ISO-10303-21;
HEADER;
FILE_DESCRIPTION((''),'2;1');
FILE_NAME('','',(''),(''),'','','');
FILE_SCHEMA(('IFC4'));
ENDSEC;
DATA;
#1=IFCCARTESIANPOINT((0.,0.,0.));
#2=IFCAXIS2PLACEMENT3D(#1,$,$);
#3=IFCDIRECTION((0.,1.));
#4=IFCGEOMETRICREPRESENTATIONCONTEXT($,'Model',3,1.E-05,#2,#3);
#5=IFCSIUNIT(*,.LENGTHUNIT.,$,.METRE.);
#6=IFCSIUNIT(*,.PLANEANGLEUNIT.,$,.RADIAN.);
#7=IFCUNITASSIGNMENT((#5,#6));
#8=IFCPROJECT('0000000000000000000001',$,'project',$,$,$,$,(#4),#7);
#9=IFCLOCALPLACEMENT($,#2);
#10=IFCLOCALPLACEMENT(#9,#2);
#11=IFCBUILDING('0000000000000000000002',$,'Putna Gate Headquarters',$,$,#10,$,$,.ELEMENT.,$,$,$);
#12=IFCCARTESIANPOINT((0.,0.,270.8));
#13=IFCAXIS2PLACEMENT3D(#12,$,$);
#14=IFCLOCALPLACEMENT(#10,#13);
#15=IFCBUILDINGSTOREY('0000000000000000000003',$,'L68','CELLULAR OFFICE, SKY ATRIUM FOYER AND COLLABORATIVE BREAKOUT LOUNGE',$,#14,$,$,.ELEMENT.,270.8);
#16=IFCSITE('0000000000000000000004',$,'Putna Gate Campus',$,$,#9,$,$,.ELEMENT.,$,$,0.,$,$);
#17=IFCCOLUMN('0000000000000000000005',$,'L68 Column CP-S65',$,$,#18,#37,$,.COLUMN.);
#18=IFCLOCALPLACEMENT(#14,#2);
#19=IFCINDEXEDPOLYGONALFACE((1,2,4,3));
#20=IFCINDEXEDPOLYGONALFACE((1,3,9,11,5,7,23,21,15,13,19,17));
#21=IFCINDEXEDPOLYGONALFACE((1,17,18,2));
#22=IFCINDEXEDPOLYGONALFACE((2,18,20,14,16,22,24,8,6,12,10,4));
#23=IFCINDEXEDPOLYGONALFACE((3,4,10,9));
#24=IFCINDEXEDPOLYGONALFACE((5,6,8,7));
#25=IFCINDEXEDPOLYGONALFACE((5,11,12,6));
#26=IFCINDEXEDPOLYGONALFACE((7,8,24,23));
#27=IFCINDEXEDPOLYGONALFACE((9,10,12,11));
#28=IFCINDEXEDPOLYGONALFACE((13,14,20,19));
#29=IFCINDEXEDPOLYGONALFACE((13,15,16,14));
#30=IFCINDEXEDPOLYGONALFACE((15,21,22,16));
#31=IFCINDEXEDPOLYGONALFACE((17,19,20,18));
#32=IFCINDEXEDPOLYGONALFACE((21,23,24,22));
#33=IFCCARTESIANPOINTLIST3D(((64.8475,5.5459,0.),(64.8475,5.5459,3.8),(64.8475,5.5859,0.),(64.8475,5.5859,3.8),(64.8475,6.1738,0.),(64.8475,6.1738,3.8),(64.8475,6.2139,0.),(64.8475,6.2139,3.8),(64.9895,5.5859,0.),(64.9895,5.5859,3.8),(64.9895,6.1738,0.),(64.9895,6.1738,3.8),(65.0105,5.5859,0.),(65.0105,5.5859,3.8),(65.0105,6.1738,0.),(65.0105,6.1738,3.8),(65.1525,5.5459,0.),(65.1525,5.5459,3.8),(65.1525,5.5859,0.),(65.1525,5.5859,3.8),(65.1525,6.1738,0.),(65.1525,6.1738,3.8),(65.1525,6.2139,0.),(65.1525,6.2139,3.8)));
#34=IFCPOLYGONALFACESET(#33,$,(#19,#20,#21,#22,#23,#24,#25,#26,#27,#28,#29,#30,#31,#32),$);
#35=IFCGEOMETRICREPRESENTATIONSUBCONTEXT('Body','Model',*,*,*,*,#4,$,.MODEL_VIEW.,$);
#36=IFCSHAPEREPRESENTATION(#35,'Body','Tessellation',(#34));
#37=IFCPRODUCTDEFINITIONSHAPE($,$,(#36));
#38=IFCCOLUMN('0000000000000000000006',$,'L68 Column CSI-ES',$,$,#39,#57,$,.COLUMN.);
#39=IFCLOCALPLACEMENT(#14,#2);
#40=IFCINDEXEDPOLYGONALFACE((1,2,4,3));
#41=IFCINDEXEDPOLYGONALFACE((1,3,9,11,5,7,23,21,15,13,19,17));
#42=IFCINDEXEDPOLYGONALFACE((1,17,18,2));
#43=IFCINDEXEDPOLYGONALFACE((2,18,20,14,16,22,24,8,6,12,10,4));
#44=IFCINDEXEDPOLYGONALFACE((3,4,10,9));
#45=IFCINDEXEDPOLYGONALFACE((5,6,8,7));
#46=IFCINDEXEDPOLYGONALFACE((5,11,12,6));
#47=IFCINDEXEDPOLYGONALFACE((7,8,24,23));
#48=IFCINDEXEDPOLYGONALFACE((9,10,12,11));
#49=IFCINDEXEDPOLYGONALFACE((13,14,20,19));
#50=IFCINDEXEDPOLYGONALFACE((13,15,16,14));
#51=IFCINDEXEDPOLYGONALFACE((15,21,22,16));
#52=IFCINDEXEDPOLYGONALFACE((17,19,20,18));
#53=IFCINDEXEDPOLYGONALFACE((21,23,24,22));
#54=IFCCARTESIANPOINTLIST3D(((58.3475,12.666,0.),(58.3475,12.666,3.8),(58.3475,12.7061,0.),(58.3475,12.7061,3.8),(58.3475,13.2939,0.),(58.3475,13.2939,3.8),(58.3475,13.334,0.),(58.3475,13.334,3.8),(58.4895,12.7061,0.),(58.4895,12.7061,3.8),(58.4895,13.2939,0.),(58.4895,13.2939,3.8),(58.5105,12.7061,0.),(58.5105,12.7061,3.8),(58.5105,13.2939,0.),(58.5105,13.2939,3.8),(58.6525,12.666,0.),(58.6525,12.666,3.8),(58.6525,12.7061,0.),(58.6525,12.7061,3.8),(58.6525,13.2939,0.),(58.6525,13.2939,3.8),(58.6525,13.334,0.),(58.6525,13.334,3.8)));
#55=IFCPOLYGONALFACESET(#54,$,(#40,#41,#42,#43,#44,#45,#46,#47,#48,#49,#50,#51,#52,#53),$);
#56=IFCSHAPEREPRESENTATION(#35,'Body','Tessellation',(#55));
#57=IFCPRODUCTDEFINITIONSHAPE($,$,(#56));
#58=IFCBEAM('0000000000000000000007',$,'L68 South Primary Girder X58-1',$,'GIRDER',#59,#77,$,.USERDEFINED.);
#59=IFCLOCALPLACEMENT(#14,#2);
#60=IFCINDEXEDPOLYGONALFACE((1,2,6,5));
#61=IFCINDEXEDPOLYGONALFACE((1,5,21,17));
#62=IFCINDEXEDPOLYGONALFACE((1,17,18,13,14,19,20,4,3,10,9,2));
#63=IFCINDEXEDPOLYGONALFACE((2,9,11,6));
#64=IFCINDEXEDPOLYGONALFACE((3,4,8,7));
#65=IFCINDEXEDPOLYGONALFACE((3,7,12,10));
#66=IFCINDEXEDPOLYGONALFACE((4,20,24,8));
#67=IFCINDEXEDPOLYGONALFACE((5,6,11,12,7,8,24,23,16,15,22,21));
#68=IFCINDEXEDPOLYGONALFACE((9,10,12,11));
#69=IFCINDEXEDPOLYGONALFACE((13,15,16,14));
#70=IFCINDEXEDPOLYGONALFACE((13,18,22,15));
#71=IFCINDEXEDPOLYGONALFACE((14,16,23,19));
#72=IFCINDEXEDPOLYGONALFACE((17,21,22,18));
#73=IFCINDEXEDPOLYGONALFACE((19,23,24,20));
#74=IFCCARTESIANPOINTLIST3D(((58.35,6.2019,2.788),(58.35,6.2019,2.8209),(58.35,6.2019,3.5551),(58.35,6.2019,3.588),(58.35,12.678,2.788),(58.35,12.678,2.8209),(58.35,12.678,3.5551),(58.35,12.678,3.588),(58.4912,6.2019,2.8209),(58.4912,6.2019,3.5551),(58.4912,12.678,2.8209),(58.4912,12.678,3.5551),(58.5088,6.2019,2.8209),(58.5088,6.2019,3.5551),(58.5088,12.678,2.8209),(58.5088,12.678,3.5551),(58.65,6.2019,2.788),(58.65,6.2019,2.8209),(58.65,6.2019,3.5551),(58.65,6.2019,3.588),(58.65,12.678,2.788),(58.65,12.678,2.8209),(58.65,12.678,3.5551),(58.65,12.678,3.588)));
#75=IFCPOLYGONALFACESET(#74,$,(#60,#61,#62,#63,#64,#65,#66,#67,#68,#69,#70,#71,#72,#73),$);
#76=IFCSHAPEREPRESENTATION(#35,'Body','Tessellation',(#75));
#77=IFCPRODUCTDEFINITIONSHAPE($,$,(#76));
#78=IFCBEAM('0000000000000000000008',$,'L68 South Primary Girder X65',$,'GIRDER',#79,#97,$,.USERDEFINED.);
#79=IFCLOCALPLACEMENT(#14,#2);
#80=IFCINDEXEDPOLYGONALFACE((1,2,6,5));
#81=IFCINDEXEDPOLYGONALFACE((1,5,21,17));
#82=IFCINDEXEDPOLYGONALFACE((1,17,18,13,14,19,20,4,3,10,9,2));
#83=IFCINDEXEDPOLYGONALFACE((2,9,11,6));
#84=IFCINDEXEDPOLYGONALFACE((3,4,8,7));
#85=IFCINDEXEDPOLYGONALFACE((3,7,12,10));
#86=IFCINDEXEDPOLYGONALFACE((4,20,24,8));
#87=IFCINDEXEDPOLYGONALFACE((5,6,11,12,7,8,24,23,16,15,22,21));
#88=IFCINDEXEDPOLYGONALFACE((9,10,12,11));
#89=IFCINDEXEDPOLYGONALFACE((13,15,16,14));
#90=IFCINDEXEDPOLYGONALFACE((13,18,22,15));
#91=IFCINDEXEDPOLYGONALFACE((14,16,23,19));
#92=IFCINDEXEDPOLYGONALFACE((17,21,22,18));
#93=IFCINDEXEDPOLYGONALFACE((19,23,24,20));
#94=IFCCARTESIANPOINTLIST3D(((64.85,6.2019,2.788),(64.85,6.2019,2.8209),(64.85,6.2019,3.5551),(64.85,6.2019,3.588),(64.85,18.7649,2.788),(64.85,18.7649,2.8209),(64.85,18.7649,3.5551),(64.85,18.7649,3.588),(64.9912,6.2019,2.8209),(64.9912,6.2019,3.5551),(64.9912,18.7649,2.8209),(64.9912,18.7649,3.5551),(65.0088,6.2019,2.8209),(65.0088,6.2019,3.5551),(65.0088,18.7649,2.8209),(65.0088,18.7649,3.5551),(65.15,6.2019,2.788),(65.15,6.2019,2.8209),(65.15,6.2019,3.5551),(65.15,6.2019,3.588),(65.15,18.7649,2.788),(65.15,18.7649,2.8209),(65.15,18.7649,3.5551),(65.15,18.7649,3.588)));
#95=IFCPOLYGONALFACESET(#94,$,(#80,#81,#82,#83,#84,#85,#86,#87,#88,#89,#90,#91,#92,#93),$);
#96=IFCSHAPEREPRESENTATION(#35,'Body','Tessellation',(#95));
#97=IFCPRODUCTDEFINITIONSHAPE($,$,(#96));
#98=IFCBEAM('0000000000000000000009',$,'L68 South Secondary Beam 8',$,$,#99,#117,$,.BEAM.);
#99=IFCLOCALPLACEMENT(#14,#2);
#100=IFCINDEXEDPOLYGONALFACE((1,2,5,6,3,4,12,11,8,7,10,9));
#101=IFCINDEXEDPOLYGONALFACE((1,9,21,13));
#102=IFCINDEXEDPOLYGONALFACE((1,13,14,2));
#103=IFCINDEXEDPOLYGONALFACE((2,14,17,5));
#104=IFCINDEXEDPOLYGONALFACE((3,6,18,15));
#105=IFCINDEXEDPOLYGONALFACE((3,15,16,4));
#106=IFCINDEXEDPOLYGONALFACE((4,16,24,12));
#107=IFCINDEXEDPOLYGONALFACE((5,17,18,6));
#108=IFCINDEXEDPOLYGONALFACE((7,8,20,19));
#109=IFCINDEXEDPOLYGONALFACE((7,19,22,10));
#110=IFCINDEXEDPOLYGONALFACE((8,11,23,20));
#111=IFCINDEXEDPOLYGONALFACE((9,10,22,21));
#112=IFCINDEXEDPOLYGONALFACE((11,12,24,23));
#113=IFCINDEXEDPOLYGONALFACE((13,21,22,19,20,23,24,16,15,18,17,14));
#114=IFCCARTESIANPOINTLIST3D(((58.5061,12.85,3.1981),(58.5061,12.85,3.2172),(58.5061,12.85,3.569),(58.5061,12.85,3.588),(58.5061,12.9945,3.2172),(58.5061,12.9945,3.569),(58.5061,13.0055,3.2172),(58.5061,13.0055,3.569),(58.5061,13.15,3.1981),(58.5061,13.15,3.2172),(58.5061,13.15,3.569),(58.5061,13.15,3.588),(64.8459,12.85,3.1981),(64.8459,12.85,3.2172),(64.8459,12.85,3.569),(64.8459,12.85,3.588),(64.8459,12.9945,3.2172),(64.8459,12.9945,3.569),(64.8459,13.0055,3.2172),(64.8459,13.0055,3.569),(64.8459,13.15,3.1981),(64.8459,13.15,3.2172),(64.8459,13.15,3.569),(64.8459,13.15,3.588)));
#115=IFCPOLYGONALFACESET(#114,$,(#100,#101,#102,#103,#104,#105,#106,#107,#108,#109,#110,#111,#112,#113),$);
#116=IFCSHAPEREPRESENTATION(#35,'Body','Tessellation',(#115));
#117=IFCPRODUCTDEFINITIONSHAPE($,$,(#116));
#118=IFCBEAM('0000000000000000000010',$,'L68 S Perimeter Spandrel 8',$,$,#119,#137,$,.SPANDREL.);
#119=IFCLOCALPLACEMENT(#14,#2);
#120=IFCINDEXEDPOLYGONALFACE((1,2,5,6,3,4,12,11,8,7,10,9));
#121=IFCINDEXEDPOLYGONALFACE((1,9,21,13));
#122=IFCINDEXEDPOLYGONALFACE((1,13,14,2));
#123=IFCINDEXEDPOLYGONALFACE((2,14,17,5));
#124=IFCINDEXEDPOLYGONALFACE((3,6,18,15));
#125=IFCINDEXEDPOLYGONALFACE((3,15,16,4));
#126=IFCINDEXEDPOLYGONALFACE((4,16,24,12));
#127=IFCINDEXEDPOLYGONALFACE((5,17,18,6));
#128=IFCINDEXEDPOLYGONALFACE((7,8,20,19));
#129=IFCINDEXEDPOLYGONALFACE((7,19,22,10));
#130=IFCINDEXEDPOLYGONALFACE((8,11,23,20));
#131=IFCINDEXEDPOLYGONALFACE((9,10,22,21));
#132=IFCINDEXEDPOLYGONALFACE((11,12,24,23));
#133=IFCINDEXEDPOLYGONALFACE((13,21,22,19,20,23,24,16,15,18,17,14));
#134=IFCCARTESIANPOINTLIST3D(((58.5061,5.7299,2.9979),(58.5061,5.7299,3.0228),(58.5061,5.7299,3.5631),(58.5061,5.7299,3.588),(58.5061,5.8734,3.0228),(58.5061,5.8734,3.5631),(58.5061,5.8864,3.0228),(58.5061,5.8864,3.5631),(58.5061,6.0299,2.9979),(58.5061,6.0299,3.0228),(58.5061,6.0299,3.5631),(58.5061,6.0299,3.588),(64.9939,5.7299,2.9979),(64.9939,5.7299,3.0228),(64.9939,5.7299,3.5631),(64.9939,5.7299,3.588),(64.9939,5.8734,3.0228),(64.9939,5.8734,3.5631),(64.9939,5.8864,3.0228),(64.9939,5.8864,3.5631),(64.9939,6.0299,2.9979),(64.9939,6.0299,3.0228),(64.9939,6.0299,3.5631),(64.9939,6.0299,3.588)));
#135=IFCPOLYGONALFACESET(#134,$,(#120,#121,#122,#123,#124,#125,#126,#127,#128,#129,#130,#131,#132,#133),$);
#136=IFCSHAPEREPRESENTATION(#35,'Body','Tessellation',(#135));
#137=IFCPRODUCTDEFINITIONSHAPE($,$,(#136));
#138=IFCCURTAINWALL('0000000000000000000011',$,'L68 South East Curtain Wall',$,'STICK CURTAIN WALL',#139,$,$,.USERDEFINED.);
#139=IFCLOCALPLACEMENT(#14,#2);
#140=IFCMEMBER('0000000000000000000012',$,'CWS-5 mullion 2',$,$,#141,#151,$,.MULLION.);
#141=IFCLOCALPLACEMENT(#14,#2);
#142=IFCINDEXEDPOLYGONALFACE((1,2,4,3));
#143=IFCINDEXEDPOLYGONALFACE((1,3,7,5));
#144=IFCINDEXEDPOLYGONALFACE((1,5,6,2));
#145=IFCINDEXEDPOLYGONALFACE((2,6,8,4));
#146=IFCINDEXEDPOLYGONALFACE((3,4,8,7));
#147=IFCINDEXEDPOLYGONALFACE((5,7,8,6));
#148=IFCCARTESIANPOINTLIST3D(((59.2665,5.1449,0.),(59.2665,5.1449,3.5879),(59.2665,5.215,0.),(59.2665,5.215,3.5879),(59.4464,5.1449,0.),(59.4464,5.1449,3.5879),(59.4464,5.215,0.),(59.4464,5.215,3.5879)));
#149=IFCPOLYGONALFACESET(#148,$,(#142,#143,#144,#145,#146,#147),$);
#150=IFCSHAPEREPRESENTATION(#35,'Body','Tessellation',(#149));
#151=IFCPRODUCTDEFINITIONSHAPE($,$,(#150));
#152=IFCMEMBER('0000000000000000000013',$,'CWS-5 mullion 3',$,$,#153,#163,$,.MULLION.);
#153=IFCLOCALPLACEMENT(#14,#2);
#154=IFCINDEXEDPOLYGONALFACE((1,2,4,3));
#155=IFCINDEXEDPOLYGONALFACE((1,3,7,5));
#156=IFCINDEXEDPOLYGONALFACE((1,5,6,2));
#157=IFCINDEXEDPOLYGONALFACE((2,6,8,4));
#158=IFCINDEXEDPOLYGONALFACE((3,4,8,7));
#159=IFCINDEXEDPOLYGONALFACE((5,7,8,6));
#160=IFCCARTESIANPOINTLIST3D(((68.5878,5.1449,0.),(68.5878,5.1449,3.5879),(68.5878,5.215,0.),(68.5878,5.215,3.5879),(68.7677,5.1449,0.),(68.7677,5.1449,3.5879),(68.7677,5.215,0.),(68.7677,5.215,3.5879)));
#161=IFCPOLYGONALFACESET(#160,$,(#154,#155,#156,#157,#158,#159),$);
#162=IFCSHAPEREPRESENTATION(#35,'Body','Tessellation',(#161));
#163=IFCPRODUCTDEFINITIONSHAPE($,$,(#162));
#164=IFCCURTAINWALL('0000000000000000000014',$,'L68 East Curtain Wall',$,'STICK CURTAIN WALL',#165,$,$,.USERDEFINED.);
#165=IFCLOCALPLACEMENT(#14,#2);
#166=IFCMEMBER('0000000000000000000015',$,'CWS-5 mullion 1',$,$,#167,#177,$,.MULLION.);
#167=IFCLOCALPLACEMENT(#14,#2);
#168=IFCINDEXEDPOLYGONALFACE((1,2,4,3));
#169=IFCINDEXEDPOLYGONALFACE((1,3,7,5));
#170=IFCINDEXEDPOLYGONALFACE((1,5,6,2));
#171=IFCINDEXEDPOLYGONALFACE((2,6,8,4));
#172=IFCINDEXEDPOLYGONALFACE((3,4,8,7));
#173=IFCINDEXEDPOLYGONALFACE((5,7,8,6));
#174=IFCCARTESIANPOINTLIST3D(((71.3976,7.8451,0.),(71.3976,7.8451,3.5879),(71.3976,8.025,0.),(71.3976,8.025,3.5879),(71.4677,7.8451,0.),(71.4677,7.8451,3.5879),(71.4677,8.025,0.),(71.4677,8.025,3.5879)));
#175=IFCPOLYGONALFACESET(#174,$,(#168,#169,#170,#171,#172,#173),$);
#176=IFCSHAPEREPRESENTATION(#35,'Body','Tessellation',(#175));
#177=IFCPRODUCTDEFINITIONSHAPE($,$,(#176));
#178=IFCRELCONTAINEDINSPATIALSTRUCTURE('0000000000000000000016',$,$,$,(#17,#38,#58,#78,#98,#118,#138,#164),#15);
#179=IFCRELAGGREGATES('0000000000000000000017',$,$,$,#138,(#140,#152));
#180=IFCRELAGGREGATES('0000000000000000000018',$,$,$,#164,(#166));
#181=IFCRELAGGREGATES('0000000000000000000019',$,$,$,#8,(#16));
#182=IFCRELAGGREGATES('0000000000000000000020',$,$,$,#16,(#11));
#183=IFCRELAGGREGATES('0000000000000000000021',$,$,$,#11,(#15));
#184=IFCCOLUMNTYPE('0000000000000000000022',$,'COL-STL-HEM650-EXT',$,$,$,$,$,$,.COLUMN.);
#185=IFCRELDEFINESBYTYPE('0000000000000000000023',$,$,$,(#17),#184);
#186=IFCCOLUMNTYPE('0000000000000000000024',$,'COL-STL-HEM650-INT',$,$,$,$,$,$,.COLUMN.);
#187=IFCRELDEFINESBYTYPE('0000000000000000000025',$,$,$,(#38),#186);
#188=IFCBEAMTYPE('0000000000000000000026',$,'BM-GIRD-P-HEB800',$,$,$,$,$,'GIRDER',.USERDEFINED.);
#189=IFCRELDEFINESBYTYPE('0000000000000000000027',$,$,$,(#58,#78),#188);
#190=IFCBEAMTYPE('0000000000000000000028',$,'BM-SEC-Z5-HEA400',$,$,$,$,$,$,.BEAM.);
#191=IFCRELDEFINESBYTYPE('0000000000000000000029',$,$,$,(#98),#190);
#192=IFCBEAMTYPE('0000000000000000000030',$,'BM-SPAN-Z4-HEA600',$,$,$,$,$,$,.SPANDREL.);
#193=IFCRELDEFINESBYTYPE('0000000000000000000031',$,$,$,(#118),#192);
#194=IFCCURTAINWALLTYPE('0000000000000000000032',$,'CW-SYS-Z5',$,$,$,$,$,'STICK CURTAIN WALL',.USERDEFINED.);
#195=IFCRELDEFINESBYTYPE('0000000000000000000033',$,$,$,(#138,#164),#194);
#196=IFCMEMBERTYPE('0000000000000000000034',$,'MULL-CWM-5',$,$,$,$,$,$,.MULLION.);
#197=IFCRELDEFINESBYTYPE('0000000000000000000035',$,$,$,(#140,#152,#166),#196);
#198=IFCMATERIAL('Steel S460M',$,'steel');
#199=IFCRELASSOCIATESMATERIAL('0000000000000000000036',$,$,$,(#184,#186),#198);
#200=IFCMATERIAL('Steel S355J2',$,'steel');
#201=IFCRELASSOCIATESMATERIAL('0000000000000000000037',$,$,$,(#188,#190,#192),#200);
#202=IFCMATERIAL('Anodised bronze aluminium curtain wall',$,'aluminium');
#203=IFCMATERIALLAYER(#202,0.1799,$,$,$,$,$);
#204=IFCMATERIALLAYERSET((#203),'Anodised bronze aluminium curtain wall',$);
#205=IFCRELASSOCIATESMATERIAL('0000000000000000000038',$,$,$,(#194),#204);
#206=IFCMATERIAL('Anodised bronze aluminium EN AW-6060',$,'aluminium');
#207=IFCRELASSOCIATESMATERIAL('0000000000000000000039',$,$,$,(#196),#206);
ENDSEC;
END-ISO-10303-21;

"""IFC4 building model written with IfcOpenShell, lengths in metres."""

from ifc_helpers import new_model, si_unit, direction, frame, origin, origin_2d, place, context, subcontext, project, spatial, rectangle, i_section, extrude, material, layer, layer_set, material_profile, profile_set, type_object, element, aggregate, save


model = new_model("IFC4")

# Units and contexts
model_context = context("Model", 3, precision=1e-05, world=origin(), true_north=direction((0.0, 1.0)))
body_context = subcontext(model_context, "Body", "Model", "MODEL_VIEW")
ifc_project = project(units=[si_unit("LENGTHUNIT", "METRE"), si_unit("PLANEANGLEUNIT", "RADIAN")], contexts=[model_context])

# Site, building, storey
site_placement = place(None, origin())
site = spatial("IfcSite", under=ifc_project, at=site_placement, Name="Putna Gate Campus", CompositionType="ELEMENT", RefElevation=0.0)
building_placement = place(site_placement, origin())
building = spatial("IfcBuilding", under=site, at=building_placement, Name="Putna Gate Headquarters", CompositionType="ELEMENT")
storey_placement = place(building_placement, frame((0.0, 0.0, 270.8)))
storey = spatial("IfcBuildingStorey", under=building, at=storey_placement, Name="L68", Description="CELLULAR OFFICE, SKY ATRIUM FOYER AND COLLABORATIVE BREAKOUT LOUNGE", CompositionType="ELEMENT", Elevation=270.8)

# Columns
ifc_material_1 = material(Name="Steel S460M", Category="steel")
ifc_material_profile_1 = material_profile(ifc_material_1, i_section(OverallWidth=0.3049, OverallDepth=0.668, WebThickness=0.021, FlangeThickness=0.04, at=origin_2d()), Name="Steel S460M")
ifc_profile_set_1 = profile_set([ifc_material_profile_1], Name="Steel S460M")
column_type_1 = type_object("IfcColumnType", Name="COL-STL-HEM650-EXT", PredefinedType="COLUMN", material=ifc_profile_set_1)
column_1_placement = place(storey_placement, frame((65.0, 5.8799, 0.0), z_axis=(0.0, 0.0, 1.0), x_axis=(1.0, 0.0, 0.0)))
element("IfcColumn", 1, at=column_1_placement, inside=storey, type_object=column_type_1, Name="L68 Column CP-S65", PredefinedType="COLUMN", context=body_context, shape_type="SweptSolid", body=[
    extrude(i_section(OverallWidth=0.3049, OverallDepth=0.668, WebThickness=0.021, FlangeThickness=0.04, at=origin_2d()), origin(), (0.0, 0.0, 1.0), 3.8),
])
ifc_material_profile_2 = material_profile(ifc_material_1, i_section(OverallWidth=0.3049, OverallDepth=0.668, WebThickness=0.021, FlangeThickness=0.04, at=origin_2d()), Name="Steel S460M")
ifc_profile_set_2 = profile_set([ifc_material_profile_2], Name="Steel S460M")
column_type_2 = type_object("IfcColumnType", Name="COL-STL-HEM650-INT", PredefinedType="COLUMN", material=ifc_profile_set_2)
column_2_placement = place(storey_placement, frame((58.5, 13.0, 0.0), z_axis=(0.0, 0.0, 1.0), x_axis=(1.0, 0.0, 0.0)))
element("IfcColumn", 2, at=column_2_placement, inside=storey, type_object=column_type_2, Name="L68 Column CSI-ES", PredefinedType="COLUMN", context=body_context, shape_type="SweptSolid", body=[
    extrude(i_section(OverallWidth=0.3049, OverallDepth=0.668, WebThickness=0.021, FlangeThickness=0.04, at=origin_2d()), origin(), (0.0, 0.0, 1.0), 3.8),
])

# Beams
ifc_material_2 = material(Name="Steel S355J2", Category="steel")
ifc_material_profile_3 = material_profile(ifc_material_2, i_section(OverallWidth=0.3, OverallDepth=0.8, WebThickness=0.0176, FlangeThickness=0.033, at=origin_2d()), Name="Steel S355J2")
ifc_profile_set_3 = profile_set([ifc_material_profile_3], Name="Steel S355J2")
beam_type_1 = type_object("IfcBeamType", Name="BM-GIRD-P-HEB800", ElementType="GIRDER", PredefinedType="USERDEFINED", material=ifc_profile_set_3)
beam_1_placement = place(storey_placement, frame((58.5, 6.2019, 3.188), z_axis=(0.0, 1.0, 0.0), x_axis=(-1.0, 0.0, 0.0)))
element("IfcBeam", 3, at=beam_1_placement, inside=storey, type_object=beam_type_1, Name="L68 South Primary Girder X58-1", ObjectType="GIRDER", PredefinedType="USERDEFINED", context=body_context, shape_type="SweptSolid", body=[
    extrude(i_section(OverallWidth=0.3, OverallDepth=0.8, WebThickness=0.0176, FlangeThickness=0.033, at=origin_2d()), origin(), (0.0, 0.0, 1.0), 6.4761),
])
beam_2_placement = place(storey_placement, frame((65.0, 6.2019, 3.188), z_axis=(0.0, 1.0, 0.0), x_axis=(-1.0, 0.0, 0.0)))
element("IfcBeam", 4, at=beam_2_placement, inside=storey, type_object=beam_type_1, Name="L68 South Primary Girder X65", ObjectType="GIRDER", PredefinedType="USERDEFINED", context=body_context, shape_type="SweptSolid", body=[
    extrude(i_section(OverallWidth=0.3, OverallDepth=0.8, WebThickness=0.0176, FlangeThickness=0.033, at=origin_2d()), origin(), (0.0, 0.0, 1.0), 12.563),
])
ifc_material_profile_4 = material_profile(ifc_material_2, i_section(OverallWidth=0.3, OverallDepth=0.3899, WebThickness=0.011, FlangeThickness=0.019, at=origin_2d()), Name="Steel S355J2")
ifc_profile_set_4 = profile_set([ifc_material_profile_4], Name="Steel S355J2")
beam_type_2 = type_object("IfcBeamType", Name="BM-SEC-Z5-HEA400", PredefinedType="BEAM", material=ifc_profile_set_4)
beam_3_placement = place(storey_placement, frame((58.5061, 13.0, 3.3931), z_axis=(1.0, 0.0, 0.0), x_axis=(0.0, 1.0, 0.0)))
element("IfcBeam", 5, at=beam_3_placement, inside=storey, type_object=beam_type_2, Name="L68 South Secondary Beam 8", PredefinedType="BEAM", context=body_context, shape_type="SweptSolid", body=[
    extrude(i_section(OverallWidth=0.3, OverallDepth=0.3899, WebThickness=0.011, FlangeThickness=0.019, at=origin_2d()), origin(), (0.0, 0.0, 1.0), 6.3398),
])
ifc_material_profile_5 = material_profile(ifc_material_2, i_section(OverallWidth=0.3, OverallDepth=0.5901, WebThickness=0.0129, FlangeThickness=0.0249, at=origin_2d()), Name="Steel S355J2")
ifc_profile_set_5 = profile_set([ifc_material_profile_5], Name="Steel S355J2")
beam_type_3 = type_object("IfcBeamType", Name="BM-SPAN-Z4-HEA600", PredefinedType="SPANDREL", material=ifc_profile_set_5)
beam_4_placement = place(storey_placement, frame((58.5061, 5.8799, 3.293), z_axis=(1.0, 0.0, 0.0), x_axis=(0.0, 1.0, 0.0)))
element("IfcBeam", 6, at=beam_4_placement, inside=storey, type_object=beam_type_3, Name="L68 S Perimeter Spandrel 8", PredefinedType="SPANDREL", context=body_context, shape_type="SweptSolid", body=[
    extrude(i_section(OverallWidth=0.3, OverallDepth=0.5901, WebThickness=0.0129, FlangeThickness=0.0249, at=origin_2d()), origin(), (0.0, 0.0, 1.0), 6.4878),
])

# Curtain wall, members
ifc_material_3 = material(Name="Anodised bronze aluminium curtain wall", Category="aluminium")
ifc_layer_1 = layer(ifc_material_3, 0.1799)
ifc_layer_set_1 = layer_set([ifc_layer_1], Name="Anodised bronze aluminium curtain wall")
curtain_wall_type = type_object("IfcCurtainWallType", Name="CW-SYS-Z5", ElementType="STICK CURTAIN WALL", PredefinedType="USERDEFINED", material=ifc_layer_set_1)
curtain_wall_1_placement = place(storey_placement, origin())
curtain_wall_1 = element("IfcCurtainWall", 7, at=curtain_wall_1_placement, inside=storey, type_object=curtain_wall_type, Name="L68 South East Curtain Wall", ObjectType="STICK CURTAIN WALL", PredefinedType="USERDEFINED")
ifc_material_4 = material(Name="Anodised bronze aluminium EN AW-6060", Category="aluminium")
ifc_material_profile_6 = material_profile(ifc_material_4, rectangle(XDim=0.0701, YDim=0.1799, at=origin_2d()), Name="Anodised bronze aluminium EN AW-6060")
ifc_profile_set_6 = profile_set([ifc_material_profile_6], Name="Anodised bronze aluminium EN AW-6060")
member_type_1 = type_object("IfcMemberType", Name="MULL-CWM-5", PredefinedType="MULLION", material=ifc_profile_set_6)
member_1_placement = place(storey_placement, frame((59.3564, 5.1799, 0.0), z_axis=(0.0, 0.0, 1.0), x_axis=(0.0, 1.0, 0.0)))
member_1 = element("IfcMember", 8, at=member_1_placement, type_object=member_type_1, Name="CWS-5 mullion 2", PredefinedType="MULLION", context=body_context, shape_type="SweptSolid", body=[
    extrude(rectangle(XDim=0.0701, YDim=0.1799, at=origin_2d()), origin(), (0.0, 0.0, 1.0), 3.5879),
])
member_2_placement = place(storey_placement, frame((68.6777, 5.1799, 0.0), z_axis=(0.0, 0.0, 1.0), x_axis=(0.0, 1.0, 0.0)))
member_2 = element("IfcMember", 9, at=member_2_placement, type_object=member_type_1, Name="CWS-5 mullion 3", PredefinedType="MULLION", context=body_context, shape_type="SweptSolid", body=[
    extrude(rectangle(XDim=0.0701, YDim=0.1799, at=origin_2d()), origin(), (0.0, 0.0, 1.0), 3.5879),
])

# Curtain wall, member
curtain_wall_2_placement = place(storey_placement, origin())
curtain_wall_2 = element("IfcCurtainWall", 10, at=curtain_wall_2_placement, inside=storey, type_object=curtain_wall_type, Name="L68 East Curtain Wall", ObjectType="STICK CURTAIN WALL", PredefinedType="USERDEFINED")
member_3_placement = place(storey_placement, frame((71.4326, 7.9351, 0.0), z_axis=(0.0, 0.0, 1.0), x_axis=(-1.0, 0.0, 0.0)))
member_3 = element("IfcMember", 11, at=member_3_placement, type_object=member_type_1, Name="CWS-5 mullion 1", PredefinedType="MULLION", context=body_context, shape_type="SweptSolid", body=[
    extrude(rectangle(XDim=0.0701, YDim=0.1799, at=origin_2d()), origin(), (0.0, 0.0, 1.0), 3.5879),
])

aggregate(curtain_wall_1, [member_1, member_2])
aggregate(curtain_wall_2, [member_3])

save(model, "model.ifc")
